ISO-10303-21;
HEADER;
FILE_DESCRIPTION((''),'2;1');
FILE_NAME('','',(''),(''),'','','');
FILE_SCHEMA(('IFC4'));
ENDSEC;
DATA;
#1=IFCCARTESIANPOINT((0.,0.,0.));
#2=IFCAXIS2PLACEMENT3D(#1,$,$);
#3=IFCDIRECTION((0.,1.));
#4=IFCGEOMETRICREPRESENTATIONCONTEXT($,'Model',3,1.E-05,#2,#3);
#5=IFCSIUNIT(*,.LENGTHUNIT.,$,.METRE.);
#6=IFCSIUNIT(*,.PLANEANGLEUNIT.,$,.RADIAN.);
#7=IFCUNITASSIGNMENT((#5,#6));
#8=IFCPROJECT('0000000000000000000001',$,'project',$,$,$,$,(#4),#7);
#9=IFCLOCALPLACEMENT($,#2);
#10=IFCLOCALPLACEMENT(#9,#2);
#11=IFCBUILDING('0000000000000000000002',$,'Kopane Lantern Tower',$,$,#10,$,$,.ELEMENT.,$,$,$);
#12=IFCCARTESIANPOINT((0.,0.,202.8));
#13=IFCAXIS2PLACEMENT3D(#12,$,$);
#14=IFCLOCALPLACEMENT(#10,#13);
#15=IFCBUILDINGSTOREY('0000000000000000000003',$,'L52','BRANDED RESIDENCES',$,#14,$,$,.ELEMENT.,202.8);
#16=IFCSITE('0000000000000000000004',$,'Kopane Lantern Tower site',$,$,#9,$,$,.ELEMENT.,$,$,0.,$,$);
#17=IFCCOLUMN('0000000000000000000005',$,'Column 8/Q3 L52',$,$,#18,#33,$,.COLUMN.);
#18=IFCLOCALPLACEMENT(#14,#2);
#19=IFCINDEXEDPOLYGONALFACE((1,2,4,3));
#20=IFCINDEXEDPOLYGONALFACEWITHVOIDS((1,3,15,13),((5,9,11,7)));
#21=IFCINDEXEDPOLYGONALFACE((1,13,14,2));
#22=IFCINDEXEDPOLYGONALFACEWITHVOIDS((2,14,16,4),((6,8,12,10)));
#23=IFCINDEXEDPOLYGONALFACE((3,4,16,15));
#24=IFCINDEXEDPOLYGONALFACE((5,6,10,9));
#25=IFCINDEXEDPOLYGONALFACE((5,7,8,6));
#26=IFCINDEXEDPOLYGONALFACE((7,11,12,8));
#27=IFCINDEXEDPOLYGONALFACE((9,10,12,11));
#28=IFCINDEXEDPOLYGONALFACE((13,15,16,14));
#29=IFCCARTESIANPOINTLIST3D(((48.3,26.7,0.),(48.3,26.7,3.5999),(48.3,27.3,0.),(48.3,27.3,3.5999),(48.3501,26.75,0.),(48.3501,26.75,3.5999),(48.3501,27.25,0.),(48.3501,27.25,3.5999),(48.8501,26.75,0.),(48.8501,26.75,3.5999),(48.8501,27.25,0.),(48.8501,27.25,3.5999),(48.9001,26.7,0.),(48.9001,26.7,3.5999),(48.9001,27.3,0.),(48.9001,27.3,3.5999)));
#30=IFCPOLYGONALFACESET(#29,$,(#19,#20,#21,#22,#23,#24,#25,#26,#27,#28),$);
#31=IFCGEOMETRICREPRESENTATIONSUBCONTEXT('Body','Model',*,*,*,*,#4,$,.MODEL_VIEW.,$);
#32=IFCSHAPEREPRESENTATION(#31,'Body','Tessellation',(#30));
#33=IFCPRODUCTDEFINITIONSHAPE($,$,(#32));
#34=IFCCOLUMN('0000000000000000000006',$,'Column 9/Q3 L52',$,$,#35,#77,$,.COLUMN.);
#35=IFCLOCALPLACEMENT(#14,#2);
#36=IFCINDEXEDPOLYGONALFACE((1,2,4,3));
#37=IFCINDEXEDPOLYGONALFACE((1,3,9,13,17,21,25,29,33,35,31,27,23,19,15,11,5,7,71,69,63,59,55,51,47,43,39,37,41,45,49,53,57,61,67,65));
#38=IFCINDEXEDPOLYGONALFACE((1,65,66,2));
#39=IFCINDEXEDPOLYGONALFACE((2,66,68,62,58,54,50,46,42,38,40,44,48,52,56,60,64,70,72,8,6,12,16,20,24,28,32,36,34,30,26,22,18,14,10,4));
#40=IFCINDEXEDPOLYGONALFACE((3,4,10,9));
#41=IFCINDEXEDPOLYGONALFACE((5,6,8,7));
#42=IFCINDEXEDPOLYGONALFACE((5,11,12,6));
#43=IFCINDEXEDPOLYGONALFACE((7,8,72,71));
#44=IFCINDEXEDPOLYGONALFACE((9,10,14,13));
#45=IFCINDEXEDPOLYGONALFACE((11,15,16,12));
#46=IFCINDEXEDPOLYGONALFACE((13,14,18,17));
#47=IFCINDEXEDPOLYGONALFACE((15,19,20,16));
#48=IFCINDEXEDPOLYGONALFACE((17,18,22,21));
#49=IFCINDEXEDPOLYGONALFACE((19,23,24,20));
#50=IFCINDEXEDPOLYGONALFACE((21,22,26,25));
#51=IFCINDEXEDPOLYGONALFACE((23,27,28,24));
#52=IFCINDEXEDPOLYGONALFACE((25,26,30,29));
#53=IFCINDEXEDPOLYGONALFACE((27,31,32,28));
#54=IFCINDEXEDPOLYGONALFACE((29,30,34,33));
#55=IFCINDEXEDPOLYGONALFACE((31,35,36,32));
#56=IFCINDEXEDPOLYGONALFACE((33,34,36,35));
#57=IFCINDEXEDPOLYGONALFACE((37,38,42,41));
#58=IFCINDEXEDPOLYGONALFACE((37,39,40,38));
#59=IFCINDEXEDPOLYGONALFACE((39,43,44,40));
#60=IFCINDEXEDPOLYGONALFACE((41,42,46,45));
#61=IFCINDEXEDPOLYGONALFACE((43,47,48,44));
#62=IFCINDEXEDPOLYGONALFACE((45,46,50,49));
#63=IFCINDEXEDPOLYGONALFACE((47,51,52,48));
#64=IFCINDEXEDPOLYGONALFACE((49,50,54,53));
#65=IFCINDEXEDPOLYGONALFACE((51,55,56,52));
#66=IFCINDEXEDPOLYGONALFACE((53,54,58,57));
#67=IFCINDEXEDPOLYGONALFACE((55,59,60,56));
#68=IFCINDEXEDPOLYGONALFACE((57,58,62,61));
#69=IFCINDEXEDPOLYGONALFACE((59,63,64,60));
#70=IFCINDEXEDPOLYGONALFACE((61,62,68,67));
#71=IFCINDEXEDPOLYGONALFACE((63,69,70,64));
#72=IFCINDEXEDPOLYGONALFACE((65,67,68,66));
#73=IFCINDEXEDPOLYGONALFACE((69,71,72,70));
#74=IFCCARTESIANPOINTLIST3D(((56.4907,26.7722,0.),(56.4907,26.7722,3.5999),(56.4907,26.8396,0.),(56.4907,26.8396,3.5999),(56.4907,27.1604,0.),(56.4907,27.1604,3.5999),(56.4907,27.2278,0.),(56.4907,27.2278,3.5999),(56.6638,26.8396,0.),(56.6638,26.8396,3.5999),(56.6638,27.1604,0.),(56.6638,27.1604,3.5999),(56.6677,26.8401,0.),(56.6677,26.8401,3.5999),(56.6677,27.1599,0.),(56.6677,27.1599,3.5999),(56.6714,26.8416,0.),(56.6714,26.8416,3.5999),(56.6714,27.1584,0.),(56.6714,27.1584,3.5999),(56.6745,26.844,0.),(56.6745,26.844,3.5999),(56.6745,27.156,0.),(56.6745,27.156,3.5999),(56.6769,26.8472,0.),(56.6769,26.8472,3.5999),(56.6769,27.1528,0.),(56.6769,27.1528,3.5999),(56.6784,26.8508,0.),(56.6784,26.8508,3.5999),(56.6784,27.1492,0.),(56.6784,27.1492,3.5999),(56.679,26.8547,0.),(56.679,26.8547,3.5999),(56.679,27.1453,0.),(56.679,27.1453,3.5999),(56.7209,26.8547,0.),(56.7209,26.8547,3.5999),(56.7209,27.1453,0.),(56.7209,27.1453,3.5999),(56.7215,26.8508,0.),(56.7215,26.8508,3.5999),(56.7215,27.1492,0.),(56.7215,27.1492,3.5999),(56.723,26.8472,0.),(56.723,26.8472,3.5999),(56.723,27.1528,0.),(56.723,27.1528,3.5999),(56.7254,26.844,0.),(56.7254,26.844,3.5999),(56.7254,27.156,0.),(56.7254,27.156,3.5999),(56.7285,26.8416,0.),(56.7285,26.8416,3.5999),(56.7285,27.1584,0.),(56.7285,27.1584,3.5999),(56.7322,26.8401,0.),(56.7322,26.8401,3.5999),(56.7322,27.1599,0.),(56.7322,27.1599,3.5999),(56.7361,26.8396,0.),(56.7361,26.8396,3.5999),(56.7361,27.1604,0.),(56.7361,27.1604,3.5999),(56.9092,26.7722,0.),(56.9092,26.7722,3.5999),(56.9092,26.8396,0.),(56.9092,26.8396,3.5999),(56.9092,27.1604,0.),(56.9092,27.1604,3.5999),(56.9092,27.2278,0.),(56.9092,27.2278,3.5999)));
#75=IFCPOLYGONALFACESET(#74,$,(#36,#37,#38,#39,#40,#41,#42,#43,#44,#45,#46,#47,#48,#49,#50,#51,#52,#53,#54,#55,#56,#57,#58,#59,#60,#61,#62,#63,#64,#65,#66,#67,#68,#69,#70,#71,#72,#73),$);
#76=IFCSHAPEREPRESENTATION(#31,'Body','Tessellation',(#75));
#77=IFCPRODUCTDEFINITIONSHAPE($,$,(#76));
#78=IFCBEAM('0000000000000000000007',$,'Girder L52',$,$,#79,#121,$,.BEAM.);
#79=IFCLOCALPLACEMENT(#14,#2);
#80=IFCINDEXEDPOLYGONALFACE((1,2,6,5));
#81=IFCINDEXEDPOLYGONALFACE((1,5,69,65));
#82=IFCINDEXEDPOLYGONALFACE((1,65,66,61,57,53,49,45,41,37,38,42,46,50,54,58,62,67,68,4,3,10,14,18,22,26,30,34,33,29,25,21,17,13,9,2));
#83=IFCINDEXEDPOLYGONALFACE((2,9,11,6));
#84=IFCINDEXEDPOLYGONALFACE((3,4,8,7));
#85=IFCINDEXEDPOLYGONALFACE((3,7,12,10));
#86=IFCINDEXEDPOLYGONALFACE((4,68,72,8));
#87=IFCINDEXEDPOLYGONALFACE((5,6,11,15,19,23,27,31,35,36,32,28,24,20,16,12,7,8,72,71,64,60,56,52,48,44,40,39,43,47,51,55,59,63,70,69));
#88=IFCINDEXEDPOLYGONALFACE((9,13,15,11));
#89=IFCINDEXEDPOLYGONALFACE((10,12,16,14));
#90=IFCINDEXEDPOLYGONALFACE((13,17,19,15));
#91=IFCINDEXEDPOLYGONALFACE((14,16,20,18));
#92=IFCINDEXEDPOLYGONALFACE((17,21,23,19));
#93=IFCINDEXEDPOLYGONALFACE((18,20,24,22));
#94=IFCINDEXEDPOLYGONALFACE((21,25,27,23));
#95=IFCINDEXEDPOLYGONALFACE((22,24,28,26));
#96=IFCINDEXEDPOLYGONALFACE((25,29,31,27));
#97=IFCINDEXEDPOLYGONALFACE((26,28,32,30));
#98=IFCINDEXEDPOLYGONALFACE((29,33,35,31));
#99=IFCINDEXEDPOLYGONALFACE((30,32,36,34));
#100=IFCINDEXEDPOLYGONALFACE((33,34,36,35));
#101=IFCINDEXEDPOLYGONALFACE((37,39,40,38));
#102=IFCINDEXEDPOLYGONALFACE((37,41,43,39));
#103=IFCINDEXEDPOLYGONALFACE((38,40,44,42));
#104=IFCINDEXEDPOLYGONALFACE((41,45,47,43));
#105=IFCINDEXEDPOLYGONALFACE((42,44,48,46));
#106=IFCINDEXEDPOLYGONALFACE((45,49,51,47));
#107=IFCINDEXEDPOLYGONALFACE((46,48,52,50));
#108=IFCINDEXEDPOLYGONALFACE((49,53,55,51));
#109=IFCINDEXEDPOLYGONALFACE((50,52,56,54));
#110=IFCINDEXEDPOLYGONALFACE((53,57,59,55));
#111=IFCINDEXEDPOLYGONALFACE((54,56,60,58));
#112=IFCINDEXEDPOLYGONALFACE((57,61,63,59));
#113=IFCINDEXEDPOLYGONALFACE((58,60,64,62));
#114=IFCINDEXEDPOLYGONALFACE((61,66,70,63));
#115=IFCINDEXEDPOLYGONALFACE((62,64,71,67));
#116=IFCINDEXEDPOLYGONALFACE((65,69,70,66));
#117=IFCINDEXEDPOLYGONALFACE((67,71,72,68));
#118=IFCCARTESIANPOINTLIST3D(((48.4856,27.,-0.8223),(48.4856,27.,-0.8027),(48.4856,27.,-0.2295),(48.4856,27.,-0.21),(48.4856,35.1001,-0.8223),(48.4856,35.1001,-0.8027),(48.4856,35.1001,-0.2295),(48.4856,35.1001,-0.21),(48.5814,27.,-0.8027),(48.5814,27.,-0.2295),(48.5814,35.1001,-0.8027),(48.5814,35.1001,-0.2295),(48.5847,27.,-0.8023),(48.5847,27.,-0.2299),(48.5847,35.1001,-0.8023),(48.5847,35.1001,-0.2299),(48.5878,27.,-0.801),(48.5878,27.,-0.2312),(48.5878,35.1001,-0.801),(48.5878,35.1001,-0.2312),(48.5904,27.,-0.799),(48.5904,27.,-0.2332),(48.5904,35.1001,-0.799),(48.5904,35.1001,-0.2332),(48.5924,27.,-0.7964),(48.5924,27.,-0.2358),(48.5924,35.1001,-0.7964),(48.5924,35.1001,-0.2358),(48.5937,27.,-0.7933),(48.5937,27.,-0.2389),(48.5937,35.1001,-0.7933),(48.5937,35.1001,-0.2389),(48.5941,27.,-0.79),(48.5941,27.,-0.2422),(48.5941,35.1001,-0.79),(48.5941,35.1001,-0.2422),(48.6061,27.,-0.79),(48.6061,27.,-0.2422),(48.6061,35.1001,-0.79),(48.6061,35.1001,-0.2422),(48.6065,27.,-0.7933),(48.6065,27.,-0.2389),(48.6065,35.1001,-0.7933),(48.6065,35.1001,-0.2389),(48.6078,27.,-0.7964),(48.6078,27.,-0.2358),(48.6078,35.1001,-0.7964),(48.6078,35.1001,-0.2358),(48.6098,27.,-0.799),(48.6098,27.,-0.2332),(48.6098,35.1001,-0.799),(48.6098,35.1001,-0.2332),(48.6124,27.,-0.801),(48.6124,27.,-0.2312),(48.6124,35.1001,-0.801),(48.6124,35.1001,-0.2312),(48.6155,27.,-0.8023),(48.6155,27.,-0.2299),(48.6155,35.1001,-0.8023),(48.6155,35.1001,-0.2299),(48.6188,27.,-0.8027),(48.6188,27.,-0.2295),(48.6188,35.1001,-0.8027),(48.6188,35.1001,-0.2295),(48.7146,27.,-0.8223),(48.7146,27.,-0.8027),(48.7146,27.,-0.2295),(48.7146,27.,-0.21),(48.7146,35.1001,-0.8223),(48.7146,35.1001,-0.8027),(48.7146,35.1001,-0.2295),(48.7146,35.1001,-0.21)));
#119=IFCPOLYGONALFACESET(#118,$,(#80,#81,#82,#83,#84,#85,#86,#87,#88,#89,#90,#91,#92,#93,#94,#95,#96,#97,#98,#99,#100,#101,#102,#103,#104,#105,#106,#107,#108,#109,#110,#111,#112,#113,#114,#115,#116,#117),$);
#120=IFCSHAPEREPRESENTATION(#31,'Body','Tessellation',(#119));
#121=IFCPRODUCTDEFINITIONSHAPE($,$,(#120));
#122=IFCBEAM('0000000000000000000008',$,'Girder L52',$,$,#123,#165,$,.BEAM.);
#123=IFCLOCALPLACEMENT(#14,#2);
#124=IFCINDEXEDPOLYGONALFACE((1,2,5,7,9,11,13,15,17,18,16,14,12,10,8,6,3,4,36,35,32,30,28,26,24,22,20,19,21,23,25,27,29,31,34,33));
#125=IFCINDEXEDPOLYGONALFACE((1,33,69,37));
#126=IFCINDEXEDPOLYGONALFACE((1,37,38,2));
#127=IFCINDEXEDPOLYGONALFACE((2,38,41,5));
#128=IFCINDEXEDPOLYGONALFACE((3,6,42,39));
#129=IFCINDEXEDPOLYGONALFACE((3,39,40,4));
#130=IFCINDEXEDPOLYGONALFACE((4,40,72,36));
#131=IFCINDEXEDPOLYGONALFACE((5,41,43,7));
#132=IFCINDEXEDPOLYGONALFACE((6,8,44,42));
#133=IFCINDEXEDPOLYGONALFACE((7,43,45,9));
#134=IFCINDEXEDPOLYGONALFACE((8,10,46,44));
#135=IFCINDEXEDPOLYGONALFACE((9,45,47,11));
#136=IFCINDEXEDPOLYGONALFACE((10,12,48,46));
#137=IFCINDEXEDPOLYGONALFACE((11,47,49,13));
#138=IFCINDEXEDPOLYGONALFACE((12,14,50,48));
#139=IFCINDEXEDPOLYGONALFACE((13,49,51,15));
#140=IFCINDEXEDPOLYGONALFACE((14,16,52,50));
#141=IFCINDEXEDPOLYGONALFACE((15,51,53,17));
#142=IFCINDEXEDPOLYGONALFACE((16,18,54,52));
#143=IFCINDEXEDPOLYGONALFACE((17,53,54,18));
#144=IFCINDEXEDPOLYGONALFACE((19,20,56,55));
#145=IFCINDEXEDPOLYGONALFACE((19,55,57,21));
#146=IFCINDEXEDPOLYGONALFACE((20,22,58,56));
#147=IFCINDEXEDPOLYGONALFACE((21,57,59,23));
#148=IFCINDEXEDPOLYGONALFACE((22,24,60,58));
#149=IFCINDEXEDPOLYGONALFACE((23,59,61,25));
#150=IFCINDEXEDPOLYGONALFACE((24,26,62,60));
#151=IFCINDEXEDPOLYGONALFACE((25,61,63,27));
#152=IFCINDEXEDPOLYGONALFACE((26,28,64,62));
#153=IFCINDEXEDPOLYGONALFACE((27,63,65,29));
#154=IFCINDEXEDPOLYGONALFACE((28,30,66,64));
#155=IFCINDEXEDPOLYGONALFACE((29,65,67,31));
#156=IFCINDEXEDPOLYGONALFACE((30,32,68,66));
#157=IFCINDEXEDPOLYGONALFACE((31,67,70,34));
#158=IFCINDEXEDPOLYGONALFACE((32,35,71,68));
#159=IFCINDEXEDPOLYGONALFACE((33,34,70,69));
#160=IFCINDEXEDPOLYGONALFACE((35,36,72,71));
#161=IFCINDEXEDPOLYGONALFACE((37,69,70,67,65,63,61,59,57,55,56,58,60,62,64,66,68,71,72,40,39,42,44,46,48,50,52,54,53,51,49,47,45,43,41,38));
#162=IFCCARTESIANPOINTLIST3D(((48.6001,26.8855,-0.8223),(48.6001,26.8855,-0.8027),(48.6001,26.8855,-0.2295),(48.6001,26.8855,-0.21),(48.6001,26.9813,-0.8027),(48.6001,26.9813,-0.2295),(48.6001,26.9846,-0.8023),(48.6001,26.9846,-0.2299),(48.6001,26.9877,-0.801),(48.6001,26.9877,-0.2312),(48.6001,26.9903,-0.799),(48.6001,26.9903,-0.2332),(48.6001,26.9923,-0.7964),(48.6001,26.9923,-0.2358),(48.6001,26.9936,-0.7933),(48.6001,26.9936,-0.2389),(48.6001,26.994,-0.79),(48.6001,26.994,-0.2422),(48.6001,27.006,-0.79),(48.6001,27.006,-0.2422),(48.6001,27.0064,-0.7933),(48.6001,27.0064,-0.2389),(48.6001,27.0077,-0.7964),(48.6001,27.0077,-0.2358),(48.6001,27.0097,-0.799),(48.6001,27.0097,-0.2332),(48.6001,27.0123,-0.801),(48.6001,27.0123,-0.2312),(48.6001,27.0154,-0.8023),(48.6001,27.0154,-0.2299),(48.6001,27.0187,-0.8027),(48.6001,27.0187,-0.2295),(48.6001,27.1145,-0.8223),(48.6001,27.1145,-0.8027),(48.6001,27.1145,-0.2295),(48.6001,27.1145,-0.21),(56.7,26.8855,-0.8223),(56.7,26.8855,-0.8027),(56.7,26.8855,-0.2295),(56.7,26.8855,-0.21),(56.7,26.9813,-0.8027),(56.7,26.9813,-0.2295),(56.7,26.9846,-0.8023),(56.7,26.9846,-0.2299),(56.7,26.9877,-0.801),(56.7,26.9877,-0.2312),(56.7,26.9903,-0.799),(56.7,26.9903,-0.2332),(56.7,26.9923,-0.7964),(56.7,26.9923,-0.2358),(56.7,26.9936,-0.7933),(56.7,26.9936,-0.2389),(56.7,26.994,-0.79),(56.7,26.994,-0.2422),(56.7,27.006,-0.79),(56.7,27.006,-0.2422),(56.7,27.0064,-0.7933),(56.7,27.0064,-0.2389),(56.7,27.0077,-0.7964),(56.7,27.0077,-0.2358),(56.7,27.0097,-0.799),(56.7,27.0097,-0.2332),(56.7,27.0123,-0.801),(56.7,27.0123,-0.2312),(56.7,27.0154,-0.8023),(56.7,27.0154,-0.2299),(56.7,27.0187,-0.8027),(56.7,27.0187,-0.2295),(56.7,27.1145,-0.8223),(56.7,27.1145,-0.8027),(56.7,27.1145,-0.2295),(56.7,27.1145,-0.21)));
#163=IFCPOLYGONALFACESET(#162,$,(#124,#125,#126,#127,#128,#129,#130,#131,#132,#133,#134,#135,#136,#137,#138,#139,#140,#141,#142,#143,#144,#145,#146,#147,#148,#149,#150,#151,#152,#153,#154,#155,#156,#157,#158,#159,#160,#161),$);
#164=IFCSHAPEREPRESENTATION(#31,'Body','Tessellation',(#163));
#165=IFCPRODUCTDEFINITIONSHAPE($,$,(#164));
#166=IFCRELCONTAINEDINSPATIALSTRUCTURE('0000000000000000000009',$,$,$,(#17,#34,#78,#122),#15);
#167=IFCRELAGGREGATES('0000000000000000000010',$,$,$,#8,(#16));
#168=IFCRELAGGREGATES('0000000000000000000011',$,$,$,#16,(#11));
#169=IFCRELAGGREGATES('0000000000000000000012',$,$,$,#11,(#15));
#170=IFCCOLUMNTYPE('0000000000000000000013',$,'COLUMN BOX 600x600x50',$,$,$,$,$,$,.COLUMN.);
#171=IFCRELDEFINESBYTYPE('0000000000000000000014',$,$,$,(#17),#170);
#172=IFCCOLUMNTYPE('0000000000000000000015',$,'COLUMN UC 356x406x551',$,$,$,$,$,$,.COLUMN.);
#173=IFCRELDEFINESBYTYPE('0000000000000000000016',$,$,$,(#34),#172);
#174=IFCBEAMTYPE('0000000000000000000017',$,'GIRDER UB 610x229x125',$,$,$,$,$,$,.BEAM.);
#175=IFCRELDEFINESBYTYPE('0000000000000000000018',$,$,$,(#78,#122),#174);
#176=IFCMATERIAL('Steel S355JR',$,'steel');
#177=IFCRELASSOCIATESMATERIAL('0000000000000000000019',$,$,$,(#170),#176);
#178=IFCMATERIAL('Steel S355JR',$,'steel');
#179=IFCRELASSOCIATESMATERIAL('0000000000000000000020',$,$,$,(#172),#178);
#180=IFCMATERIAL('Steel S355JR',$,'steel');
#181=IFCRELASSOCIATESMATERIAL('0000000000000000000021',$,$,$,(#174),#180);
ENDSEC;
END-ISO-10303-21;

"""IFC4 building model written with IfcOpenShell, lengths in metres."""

from ifc_helpers import new_model, si_unit, direction, frame, origin, origin_2d, place, context, subcontext, project, spatial, hollow_rectangle, i_section, extrude, material, material_profile, profile_set, type_object, element, save


model = new_model("IFC4")

# Units and contexts
model_context = context("Model", 3, precision=1e-05, world=origin(), true_north=direction((0.0, 1.0)))
body_context = subcontext(model_context, "Body", "Model", "MODEL_VIEW")
ifc_project = project(units=[si_unit("LENGTHUNIT", "METRE"), si_unit("PLANEANGLEUNIT", "RADIAN")], contexts=[model_context])

# Site, building, storey
site_placement = place(None, origin())
site = spatial("IfcSite", under=ifc_project, at=site_placement, Name="Kopane Lantern Tower site", CompositionType="ELEMENT", RefElevation=0.0)
building_placement = place(site_placement, origin())
building = spatial("IfcBuilding", under=site, at=building_placement, Name="Kopane Lantern Tower", CompositionType="ELEMENT")
storey_placement = place(building_placement, frame((0.0, 0.0, 202.8)))
storey = spatial("IfcBuildingStorey", under=building, at=storey_placement, Name="L52", Description="BRANDED RESIDENCES", CompositionType="ELEMENT", Elevation=202.8)

# Columns
ifc_material_1 = material(Name="Steel S355JR", Category="steel")
ifc_material_profile_1 = material_profile(ifc_material_1, hollow_rectangle(XDim=0.6001, YDim=0.6001, WallThickness=0.05, at=origin_2d()), Name="BOX 600x600x50")
ifc_profile_set_1 = profile_set([ifc_material_profile_1], Name="Steel S355JR")
column_type_1 = type_object("IfcColumnType", Name="COLUMN BOX 600x600x50", PredefinedType="COLUMN", material=ifc_profile_set_1)
column_1_placement = place(storey_placement, frame((48.6001, 27.0, 0.0), z_axis=(0.0, 0.0, 1.0), x_axis=(1.0, 0.0, 0.0)))
element("IfcColumn", 1, at=column_1_placement, inside=storey, type_object=column_type_1, Name="Column 8/Q3 L52", PredefinedType="COLUMN", context=body_context, shape_type="SweptSolid", body=[
    extrude(hollow_rectangle(XDim=0.6001, YDim=0.6001, WallThickness=0.05, at=origin_2d()), origin(), (0.0, 0.0, 1.0), 3.5999),
])
ifc_material_2 = material(Name="Steel S355JR", Category="steel")
ifc_material_profile_2 = material_profile(ifc_material_2, i_section(OverallWidth=0.4185, OverallDepth=0.4556, WebThickness=0.042, FlangeThickness=0.0674, FilletRadius=0.0151, at=origin_2d()), Name="UC 356x406x551")
ifc_profile_set_2 = profile_set([ifc_material_profile_2], Name="Steel S355JR")
column_type_2 = type_object("IfcColumnType", Name="COLUMN UC 356x406x551", PredefinedType="COLUMN", material=ifc_profile_set_2)
column_2_placement = place(storey_placement, frame((56.7, 27.0, 0.0), z_axis=(0.0, 0.0, 1.0), x_axis=(1.0, 0.0, 0.0)))
element("IfcColumn", 2, at=column_2_placement, inside=storey, type_object=column_type_2, Name="Column 9/Q3 L52", PredefinedType="COLUMN", context=body_context, shape_type="SweptSolid", body=[
    extrude(i_section(OverallWidth=0.4185, OverallDepth=0.4556, WebThickness=0.042, FlangeThickness=0.0674, FilletRadius=0.0151, at=origin_2d()), origin(), (0.0, 0.0, 1.0), 3.5999),
])

# Beams
ifc_material_3 = material(Name="Steel S355JR", Category="steel")
ifc_material_profile_3 = material_profile(ifc_material_3, i_section(OverallWidth=0.229, OverallDepth=0.6123, WebThickness=0.012, FlangeThickness=0.0195, FilletRadius=0.0127, at=origin_2d()), Name="UB 610x229x125")
ifc_profile_set_3 = profile_set([ifc_material_profile_3], Name="Steel S355JR")
beam_type = type_object("IfcBeamType", Name="GIRDER UB 610x229x125", PredefinedType="BEAM", material=ifc_profile_set_3)
beam_1_placement = place(storey_placement, frame((48.6001, 27.0, -0.5161), z_axis=(0.0, 1.0, 0.0), x_axis=(-1.0, 0.0, 0.0)))
element("IfcBeam", 3, at=beam_1_placement, inside=storey, type_object=beam_type, Name="Girder L52", PredefinedType="BEAM", context=body_context, shape_type="SweptSolid", body=[
    extrude(i_section(OverallWidth=0.229, OverallDepth=0.6123, WebThickness=0.012, FlangeThickness=0.0195, FilletRadius=0.0127, at=origin_2d()), origin(), (0.0, 0.0, 1.0), 8.1001),
])
beam_2_placement = place(storey_placement, frame((48.6001, 27.0, -0.5161), z_axis=(1.0, 0.0, 0.0), x_axis=(0.0, 1.0, 0.0)))
element("IfcBeam", 4, at=beam_2_placement, inside=storey, type_object=beam_type, Name="Girder L52", PredefinedType="BEAM", context=body_context, shape_type="SweptSolid", body=[
    extrude(i_section(OverallWidth=0.229, OverallDepth=0.6123, WebThickness=0.012, FlangeThickness=0.0195, FilletRadius=0.0127, at=origin_2d()), origin(), (0.0, 0.0, 1.0), 8.0999),
])

save(model, "model.ifc")
